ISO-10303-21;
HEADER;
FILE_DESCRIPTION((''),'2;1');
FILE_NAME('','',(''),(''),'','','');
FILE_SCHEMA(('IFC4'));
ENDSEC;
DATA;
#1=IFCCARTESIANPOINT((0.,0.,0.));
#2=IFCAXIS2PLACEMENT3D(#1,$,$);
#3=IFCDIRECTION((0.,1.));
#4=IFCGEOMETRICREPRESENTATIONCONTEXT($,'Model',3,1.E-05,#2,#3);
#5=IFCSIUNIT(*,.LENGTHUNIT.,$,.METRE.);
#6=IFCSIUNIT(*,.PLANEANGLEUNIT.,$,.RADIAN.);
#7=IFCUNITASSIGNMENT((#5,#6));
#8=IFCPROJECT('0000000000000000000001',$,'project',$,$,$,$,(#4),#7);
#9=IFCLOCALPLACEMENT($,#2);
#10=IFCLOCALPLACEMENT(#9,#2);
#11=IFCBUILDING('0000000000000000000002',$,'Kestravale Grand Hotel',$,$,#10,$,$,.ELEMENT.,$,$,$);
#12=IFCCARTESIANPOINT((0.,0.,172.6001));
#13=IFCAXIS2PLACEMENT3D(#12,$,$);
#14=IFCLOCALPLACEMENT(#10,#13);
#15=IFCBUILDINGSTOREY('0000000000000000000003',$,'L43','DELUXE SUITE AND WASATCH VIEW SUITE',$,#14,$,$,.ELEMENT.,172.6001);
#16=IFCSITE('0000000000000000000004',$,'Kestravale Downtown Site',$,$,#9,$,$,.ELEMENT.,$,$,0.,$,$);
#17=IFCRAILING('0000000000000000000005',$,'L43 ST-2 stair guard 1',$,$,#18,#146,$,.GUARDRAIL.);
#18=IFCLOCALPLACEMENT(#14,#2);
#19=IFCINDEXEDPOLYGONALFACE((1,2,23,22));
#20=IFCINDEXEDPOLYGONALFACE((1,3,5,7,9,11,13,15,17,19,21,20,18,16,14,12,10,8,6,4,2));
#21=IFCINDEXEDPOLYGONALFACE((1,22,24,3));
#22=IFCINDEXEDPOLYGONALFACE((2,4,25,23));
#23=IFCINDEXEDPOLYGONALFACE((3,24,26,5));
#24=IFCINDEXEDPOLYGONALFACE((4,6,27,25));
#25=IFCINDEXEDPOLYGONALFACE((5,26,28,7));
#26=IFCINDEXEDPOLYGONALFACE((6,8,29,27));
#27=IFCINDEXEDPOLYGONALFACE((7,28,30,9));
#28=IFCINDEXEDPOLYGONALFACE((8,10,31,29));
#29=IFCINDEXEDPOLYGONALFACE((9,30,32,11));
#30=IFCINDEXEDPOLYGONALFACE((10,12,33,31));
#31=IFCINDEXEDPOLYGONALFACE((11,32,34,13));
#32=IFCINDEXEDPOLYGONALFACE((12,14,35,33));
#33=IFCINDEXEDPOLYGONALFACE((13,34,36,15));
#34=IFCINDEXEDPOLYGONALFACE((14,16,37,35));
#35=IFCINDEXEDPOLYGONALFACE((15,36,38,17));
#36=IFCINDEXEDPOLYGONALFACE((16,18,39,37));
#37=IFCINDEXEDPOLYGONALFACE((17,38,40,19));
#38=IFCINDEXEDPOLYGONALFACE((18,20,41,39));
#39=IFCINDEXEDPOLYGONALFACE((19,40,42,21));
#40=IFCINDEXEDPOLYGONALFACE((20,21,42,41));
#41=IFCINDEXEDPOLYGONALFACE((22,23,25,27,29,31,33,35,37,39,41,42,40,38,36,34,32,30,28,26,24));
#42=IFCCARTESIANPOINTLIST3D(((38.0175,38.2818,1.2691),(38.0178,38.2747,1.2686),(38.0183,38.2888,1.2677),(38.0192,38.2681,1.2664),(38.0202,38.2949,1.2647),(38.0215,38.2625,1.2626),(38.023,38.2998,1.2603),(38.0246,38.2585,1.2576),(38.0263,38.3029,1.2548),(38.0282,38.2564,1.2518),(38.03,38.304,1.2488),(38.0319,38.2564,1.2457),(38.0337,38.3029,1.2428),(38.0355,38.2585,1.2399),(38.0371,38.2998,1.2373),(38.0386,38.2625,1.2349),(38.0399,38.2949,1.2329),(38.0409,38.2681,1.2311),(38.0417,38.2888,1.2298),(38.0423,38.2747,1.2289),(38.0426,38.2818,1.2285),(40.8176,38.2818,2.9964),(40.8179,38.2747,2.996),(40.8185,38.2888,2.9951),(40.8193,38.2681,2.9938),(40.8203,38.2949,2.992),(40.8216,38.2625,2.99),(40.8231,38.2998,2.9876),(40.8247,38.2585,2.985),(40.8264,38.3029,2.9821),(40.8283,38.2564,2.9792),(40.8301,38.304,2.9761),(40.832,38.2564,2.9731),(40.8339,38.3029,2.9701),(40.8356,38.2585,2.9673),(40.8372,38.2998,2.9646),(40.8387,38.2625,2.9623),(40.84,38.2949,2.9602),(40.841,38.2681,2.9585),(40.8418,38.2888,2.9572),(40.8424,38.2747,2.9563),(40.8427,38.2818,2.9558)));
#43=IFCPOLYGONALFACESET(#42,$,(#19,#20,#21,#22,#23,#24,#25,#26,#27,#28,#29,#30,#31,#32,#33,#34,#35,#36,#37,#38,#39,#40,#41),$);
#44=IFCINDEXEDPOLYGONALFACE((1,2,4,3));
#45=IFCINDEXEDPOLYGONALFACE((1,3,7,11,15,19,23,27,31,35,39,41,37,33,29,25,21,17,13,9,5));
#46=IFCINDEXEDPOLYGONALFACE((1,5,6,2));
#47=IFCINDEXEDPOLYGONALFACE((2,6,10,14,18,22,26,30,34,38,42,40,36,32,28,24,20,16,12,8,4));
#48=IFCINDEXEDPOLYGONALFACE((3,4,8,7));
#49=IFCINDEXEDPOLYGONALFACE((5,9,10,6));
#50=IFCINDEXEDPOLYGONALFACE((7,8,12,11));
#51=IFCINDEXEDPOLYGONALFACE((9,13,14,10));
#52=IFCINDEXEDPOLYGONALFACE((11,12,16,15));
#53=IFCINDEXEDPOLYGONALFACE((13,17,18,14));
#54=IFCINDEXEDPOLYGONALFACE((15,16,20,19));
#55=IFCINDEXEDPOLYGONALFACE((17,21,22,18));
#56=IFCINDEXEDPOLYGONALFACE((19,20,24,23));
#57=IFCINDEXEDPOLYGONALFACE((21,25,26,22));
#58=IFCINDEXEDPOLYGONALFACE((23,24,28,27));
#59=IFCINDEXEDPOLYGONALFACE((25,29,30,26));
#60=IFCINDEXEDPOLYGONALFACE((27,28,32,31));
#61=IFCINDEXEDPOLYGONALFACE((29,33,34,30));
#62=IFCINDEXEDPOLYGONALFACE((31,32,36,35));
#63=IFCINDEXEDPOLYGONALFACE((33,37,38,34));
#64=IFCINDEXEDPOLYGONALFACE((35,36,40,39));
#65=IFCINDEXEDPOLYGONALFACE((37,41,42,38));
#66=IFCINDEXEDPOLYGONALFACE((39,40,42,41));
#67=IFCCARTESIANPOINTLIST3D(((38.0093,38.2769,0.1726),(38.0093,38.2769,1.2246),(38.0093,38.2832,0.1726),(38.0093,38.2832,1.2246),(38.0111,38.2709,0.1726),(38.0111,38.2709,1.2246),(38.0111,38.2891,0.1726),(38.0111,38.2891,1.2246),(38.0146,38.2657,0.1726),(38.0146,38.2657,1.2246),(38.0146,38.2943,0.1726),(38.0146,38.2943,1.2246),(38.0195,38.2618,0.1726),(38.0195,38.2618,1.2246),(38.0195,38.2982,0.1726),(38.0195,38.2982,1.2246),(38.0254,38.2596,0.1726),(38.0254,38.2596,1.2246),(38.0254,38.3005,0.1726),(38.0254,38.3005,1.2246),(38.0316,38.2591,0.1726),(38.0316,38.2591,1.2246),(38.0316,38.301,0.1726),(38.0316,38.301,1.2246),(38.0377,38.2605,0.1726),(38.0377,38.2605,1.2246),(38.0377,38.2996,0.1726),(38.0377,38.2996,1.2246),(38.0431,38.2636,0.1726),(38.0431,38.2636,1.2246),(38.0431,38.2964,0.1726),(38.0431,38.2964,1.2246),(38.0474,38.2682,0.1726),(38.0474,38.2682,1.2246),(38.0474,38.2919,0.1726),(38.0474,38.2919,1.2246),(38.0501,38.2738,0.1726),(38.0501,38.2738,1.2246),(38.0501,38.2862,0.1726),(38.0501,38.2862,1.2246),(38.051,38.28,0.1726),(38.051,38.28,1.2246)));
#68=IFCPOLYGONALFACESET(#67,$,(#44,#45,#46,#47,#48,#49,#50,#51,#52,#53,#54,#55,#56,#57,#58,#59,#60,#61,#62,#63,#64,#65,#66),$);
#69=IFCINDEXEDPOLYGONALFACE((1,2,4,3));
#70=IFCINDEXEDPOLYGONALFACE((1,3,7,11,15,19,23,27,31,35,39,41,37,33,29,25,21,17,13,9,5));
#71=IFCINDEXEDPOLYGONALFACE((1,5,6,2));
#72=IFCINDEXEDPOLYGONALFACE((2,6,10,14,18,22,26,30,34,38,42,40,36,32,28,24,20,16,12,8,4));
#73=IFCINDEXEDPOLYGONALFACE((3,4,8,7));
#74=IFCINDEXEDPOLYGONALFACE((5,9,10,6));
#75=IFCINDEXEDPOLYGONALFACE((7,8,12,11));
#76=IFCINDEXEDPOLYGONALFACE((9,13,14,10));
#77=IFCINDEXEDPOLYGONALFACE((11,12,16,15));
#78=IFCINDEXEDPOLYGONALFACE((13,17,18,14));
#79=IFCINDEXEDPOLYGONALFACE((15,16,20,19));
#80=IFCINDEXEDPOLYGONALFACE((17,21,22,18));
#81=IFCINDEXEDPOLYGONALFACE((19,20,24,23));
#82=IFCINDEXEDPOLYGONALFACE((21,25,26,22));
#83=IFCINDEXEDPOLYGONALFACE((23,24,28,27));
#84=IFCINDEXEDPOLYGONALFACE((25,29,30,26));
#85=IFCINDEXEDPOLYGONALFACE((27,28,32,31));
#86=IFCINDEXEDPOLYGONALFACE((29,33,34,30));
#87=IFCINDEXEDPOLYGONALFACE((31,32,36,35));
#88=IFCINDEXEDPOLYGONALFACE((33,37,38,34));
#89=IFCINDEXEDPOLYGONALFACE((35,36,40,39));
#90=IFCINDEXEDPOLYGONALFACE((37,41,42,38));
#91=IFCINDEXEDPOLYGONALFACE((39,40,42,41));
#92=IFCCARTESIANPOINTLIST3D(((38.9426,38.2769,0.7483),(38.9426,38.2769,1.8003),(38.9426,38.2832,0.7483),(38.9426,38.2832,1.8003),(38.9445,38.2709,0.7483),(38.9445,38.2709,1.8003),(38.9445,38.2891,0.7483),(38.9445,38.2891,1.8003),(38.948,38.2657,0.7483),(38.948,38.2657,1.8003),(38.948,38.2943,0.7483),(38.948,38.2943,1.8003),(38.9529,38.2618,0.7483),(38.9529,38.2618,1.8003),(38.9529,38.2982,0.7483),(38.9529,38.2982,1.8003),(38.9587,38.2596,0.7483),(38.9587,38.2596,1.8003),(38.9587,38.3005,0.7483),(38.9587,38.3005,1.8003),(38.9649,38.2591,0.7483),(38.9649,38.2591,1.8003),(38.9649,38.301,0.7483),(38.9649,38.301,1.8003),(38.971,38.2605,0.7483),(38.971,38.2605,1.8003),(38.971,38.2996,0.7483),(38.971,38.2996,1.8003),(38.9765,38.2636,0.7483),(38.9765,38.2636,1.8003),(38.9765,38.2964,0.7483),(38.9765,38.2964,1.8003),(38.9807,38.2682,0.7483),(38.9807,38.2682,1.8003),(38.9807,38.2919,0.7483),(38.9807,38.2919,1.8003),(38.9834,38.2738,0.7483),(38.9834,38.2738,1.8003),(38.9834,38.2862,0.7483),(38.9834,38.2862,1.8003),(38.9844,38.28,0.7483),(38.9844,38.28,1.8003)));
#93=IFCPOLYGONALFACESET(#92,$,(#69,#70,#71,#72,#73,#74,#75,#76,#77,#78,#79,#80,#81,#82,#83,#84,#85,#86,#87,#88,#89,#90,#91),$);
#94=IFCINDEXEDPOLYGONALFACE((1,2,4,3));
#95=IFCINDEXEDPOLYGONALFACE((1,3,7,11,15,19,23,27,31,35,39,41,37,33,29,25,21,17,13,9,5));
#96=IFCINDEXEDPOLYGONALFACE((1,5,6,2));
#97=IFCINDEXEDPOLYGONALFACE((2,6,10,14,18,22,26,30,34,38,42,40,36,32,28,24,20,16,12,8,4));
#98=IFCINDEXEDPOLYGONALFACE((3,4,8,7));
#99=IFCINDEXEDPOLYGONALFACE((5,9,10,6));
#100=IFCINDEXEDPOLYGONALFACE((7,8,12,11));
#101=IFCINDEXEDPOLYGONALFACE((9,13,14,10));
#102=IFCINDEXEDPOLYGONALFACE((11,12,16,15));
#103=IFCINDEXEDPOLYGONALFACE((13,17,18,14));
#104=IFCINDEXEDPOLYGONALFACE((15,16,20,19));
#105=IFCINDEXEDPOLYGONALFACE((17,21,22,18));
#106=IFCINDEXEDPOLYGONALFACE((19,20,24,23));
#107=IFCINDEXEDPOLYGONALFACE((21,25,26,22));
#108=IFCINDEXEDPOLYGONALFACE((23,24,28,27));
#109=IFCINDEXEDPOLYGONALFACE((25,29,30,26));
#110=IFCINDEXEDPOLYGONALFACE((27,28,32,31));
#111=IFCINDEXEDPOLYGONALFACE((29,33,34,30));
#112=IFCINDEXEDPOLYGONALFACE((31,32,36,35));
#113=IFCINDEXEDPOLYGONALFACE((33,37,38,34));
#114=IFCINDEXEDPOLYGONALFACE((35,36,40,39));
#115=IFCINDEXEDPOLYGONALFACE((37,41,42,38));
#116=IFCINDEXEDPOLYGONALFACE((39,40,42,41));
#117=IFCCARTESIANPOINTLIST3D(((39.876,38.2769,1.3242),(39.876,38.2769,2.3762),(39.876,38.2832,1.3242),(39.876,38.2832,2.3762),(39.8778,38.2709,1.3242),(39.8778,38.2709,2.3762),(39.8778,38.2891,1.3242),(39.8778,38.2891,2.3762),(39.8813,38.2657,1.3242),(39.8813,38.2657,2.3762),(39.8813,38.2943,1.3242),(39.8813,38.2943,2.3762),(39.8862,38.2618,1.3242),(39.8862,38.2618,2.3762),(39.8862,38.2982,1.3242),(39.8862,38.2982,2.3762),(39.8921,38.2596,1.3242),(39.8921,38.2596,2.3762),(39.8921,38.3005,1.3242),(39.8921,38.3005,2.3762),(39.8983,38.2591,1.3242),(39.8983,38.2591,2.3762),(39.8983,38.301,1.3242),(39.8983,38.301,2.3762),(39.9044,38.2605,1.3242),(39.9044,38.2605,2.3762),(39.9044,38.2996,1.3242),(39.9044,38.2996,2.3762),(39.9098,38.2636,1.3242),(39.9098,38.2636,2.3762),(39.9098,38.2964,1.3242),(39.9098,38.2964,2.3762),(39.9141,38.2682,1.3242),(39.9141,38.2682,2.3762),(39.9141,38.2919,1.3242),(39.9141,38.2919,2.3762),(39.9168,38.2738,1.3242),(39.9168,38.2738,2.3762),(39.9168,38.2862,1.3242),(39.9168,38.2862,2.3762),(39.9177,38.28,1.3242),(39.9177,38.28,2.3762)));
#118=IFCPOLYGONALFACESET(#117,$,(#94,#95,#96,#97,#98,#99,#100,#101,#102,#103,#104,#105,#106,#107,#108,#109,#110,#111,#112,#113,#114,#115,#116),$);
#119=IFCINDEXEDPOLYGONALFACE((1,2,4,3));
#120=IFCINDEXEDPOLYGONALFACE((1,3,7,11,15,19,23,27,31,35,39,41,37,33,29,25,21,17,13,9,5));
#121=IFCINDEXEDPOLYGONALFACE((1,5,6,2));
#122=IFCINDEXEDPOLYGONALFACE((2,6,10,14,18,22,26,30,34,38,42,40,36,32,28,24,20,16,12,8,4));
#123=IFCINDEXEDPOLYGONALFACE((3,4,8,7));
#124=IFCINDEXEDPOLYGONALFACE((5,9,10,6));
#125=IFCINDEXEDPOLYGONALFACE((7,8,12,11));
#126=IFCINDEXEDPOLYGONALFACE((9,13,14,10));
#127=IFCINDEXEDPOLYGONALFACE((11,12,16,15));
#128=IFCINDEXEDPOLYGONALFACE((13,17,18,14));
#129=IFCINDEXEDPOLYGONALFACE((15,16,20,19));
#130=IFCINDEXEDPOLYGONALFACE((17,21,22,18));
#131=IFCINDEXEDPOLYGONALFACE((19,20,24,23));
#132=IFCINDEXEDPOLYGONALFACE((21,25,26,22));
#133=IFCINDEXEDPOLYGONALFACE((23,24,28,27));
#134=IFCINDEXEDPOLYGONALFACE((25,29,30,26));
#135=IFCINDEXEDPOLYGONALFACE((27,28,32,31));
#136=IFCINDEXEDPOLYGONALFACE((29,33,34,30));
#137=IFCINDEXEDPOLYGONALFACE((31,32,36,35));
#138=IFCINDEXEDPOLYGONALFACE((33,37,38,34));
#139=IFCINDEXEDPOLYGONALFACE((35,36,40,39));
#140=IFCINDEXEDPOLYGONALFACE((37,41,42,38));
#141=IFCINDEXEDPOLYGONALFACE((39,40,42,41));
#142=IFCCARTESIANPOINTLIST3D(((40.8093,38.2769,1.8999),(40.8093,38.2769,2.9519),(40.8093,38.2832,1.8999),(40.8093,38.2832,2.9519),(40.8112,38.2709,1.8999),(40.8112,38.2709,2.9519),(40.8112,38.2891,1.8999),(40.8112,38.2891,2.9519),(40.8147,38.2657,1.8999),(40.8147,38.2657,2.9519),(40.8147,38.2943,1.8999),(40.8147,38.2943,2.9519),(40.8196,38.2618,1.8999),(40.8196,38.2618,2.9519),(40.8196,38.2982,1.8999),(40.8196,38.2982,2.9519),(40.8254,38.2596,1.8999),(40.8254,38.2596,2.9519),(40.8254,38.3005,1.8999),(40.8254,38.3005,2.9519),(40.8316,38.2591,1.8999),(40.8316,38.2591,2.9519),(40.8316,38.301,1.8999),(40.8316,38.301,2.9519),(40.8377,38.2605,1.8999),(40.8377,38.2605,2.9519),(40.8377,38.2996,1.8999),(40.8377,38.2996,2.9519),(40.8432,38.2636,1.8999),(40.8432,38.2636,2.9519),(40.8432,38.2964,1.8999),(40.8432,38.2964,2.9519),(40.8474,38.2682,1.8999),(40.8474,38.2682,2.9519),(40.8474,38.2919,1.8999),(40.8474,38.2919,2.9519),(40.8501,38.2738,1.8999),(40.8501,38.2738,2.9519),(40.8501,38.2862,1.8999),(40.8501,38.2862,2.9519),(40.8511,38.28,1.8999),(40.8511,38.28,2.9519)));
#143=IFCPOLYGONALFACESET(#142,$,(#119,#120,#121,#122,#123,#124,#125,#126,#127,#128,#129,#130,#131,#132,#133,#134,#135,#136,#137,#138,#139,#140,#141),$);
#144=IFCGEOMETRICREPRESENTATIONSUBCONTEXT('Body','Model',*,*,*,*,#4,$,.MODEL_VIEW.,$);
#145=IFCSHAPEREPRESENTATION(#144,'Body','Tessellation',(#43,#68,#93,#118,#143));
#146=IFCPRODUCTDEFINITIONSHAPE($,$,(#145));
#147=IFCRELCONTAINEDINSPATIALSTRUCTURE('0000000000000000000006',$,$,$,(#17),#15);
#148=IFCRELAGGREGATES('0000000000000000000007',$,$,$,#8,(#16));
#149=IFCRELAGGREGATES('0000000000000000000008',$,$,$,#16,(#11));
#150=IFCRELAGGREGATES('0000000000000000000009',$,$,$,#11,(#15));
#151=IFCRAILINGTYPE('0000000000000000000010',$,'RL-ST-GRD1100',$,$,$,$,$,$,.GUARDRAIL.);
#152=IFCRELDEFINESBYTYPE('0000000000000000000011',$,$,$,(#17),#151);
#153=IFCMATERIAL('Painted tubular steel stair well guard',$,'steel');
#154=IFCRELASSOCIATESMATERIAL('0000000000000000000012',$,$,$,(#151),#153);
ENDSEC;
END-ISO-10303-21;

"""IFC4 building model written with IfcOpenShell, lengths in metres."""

from ifc_helpers import new_model, si_unit, direction, frame, origin, origin_2d, place, context, subcontext, project, spatial, circle, extrude, material, type_object, element, save


model = new_model("IFC4")

# Units and contexts
model_context = context("Model", 3, precision=1e-05, world=origin(), true_north=direction((0.0, 1.0)))
body_context = subcontext(model_context, "Body", "Model", "MODEL_VIEW")
ifc_project = project(units=[si_unit("LENGTHUNIT", "METRE"), si_unit("PLANEANGLEUNIT", "RADIAN")], contexts=[model_context])

# Site, building, storey
site_placement = place(None, origin())
site = spatial("IfcSite", under=ifc_project, at=site_placement, Name="Kestravale Downtown Site", CompositionType="ELEMENT", RefElevation=0.0)
building_placement = place(site_placement, origin())
building = spatial("IfcBuilding", under=site, at=building_placement, Name="Kestravale Grand Hotel", CompositionType="ELEMENT")
storey_placement = place(building_placement, frame((0.0, 0.0, 172.6001)))
storey = spatial("IfcBuildingStorey", under=building, at=storey_placement, Name="L43", Description="DELUXE SUITE AND WASATCH VIEW SUITE", CompositionType="ELEMENT", Elevation=172.6001)

# Railing
ifc_material_1 = material(Name="Painted tubular steel stair well guard", Category="steel")
railing_type_1 = type_object("IfcRailingType", Name="RL-ST-GRD1100", PredefinedType="GUARDRAIL", material=ifc_material_1)
railing_1_placement = place(storey_placement, frame((38.03, 38.28, 0.1726)))
element("IfcRailing", 1, at=railing_1_placement, inside=storey, type_object=railing_type_1, Name="L43 ST-2 stair guard 1", PredefinedType="GUARDRAIL", context=body_context, shape_type="SweptSolid", body=[
    extrude(circle(Radius=0.0239, at=origin_2d()), frame((0.0, 0.0, 1.0762), z_axis=(0.85109, 0.0, 0.52502), x_axis=(0.0, 1.0, 0.0)), (0.0, 0.0, 1.0), 3.29),
    extrude(circle(Radius=0.021, at=origin_2d()), origin(), (0.0, 0.0, 1.0), 1.052),
    extrude(circle(Radius=0.021, at=origin_2d()), frame((0.9333, 0.0, 0.5757)), (0.0, 0.0, 1.0), 1.052),
    extrude(circle(Radius=0.021, at=origin_2d()), frame((1.8667, 0.0, 1.1516)), (0.0, 0.0, 1.0), 1.052),
    extrude(circle(Radius=0.021, at=origin_2d()), frame((2.8, 0.0, 1.7273)), (0.0, 0.0, 1.0), 1.052),
])

save(model, "model.ifc")
